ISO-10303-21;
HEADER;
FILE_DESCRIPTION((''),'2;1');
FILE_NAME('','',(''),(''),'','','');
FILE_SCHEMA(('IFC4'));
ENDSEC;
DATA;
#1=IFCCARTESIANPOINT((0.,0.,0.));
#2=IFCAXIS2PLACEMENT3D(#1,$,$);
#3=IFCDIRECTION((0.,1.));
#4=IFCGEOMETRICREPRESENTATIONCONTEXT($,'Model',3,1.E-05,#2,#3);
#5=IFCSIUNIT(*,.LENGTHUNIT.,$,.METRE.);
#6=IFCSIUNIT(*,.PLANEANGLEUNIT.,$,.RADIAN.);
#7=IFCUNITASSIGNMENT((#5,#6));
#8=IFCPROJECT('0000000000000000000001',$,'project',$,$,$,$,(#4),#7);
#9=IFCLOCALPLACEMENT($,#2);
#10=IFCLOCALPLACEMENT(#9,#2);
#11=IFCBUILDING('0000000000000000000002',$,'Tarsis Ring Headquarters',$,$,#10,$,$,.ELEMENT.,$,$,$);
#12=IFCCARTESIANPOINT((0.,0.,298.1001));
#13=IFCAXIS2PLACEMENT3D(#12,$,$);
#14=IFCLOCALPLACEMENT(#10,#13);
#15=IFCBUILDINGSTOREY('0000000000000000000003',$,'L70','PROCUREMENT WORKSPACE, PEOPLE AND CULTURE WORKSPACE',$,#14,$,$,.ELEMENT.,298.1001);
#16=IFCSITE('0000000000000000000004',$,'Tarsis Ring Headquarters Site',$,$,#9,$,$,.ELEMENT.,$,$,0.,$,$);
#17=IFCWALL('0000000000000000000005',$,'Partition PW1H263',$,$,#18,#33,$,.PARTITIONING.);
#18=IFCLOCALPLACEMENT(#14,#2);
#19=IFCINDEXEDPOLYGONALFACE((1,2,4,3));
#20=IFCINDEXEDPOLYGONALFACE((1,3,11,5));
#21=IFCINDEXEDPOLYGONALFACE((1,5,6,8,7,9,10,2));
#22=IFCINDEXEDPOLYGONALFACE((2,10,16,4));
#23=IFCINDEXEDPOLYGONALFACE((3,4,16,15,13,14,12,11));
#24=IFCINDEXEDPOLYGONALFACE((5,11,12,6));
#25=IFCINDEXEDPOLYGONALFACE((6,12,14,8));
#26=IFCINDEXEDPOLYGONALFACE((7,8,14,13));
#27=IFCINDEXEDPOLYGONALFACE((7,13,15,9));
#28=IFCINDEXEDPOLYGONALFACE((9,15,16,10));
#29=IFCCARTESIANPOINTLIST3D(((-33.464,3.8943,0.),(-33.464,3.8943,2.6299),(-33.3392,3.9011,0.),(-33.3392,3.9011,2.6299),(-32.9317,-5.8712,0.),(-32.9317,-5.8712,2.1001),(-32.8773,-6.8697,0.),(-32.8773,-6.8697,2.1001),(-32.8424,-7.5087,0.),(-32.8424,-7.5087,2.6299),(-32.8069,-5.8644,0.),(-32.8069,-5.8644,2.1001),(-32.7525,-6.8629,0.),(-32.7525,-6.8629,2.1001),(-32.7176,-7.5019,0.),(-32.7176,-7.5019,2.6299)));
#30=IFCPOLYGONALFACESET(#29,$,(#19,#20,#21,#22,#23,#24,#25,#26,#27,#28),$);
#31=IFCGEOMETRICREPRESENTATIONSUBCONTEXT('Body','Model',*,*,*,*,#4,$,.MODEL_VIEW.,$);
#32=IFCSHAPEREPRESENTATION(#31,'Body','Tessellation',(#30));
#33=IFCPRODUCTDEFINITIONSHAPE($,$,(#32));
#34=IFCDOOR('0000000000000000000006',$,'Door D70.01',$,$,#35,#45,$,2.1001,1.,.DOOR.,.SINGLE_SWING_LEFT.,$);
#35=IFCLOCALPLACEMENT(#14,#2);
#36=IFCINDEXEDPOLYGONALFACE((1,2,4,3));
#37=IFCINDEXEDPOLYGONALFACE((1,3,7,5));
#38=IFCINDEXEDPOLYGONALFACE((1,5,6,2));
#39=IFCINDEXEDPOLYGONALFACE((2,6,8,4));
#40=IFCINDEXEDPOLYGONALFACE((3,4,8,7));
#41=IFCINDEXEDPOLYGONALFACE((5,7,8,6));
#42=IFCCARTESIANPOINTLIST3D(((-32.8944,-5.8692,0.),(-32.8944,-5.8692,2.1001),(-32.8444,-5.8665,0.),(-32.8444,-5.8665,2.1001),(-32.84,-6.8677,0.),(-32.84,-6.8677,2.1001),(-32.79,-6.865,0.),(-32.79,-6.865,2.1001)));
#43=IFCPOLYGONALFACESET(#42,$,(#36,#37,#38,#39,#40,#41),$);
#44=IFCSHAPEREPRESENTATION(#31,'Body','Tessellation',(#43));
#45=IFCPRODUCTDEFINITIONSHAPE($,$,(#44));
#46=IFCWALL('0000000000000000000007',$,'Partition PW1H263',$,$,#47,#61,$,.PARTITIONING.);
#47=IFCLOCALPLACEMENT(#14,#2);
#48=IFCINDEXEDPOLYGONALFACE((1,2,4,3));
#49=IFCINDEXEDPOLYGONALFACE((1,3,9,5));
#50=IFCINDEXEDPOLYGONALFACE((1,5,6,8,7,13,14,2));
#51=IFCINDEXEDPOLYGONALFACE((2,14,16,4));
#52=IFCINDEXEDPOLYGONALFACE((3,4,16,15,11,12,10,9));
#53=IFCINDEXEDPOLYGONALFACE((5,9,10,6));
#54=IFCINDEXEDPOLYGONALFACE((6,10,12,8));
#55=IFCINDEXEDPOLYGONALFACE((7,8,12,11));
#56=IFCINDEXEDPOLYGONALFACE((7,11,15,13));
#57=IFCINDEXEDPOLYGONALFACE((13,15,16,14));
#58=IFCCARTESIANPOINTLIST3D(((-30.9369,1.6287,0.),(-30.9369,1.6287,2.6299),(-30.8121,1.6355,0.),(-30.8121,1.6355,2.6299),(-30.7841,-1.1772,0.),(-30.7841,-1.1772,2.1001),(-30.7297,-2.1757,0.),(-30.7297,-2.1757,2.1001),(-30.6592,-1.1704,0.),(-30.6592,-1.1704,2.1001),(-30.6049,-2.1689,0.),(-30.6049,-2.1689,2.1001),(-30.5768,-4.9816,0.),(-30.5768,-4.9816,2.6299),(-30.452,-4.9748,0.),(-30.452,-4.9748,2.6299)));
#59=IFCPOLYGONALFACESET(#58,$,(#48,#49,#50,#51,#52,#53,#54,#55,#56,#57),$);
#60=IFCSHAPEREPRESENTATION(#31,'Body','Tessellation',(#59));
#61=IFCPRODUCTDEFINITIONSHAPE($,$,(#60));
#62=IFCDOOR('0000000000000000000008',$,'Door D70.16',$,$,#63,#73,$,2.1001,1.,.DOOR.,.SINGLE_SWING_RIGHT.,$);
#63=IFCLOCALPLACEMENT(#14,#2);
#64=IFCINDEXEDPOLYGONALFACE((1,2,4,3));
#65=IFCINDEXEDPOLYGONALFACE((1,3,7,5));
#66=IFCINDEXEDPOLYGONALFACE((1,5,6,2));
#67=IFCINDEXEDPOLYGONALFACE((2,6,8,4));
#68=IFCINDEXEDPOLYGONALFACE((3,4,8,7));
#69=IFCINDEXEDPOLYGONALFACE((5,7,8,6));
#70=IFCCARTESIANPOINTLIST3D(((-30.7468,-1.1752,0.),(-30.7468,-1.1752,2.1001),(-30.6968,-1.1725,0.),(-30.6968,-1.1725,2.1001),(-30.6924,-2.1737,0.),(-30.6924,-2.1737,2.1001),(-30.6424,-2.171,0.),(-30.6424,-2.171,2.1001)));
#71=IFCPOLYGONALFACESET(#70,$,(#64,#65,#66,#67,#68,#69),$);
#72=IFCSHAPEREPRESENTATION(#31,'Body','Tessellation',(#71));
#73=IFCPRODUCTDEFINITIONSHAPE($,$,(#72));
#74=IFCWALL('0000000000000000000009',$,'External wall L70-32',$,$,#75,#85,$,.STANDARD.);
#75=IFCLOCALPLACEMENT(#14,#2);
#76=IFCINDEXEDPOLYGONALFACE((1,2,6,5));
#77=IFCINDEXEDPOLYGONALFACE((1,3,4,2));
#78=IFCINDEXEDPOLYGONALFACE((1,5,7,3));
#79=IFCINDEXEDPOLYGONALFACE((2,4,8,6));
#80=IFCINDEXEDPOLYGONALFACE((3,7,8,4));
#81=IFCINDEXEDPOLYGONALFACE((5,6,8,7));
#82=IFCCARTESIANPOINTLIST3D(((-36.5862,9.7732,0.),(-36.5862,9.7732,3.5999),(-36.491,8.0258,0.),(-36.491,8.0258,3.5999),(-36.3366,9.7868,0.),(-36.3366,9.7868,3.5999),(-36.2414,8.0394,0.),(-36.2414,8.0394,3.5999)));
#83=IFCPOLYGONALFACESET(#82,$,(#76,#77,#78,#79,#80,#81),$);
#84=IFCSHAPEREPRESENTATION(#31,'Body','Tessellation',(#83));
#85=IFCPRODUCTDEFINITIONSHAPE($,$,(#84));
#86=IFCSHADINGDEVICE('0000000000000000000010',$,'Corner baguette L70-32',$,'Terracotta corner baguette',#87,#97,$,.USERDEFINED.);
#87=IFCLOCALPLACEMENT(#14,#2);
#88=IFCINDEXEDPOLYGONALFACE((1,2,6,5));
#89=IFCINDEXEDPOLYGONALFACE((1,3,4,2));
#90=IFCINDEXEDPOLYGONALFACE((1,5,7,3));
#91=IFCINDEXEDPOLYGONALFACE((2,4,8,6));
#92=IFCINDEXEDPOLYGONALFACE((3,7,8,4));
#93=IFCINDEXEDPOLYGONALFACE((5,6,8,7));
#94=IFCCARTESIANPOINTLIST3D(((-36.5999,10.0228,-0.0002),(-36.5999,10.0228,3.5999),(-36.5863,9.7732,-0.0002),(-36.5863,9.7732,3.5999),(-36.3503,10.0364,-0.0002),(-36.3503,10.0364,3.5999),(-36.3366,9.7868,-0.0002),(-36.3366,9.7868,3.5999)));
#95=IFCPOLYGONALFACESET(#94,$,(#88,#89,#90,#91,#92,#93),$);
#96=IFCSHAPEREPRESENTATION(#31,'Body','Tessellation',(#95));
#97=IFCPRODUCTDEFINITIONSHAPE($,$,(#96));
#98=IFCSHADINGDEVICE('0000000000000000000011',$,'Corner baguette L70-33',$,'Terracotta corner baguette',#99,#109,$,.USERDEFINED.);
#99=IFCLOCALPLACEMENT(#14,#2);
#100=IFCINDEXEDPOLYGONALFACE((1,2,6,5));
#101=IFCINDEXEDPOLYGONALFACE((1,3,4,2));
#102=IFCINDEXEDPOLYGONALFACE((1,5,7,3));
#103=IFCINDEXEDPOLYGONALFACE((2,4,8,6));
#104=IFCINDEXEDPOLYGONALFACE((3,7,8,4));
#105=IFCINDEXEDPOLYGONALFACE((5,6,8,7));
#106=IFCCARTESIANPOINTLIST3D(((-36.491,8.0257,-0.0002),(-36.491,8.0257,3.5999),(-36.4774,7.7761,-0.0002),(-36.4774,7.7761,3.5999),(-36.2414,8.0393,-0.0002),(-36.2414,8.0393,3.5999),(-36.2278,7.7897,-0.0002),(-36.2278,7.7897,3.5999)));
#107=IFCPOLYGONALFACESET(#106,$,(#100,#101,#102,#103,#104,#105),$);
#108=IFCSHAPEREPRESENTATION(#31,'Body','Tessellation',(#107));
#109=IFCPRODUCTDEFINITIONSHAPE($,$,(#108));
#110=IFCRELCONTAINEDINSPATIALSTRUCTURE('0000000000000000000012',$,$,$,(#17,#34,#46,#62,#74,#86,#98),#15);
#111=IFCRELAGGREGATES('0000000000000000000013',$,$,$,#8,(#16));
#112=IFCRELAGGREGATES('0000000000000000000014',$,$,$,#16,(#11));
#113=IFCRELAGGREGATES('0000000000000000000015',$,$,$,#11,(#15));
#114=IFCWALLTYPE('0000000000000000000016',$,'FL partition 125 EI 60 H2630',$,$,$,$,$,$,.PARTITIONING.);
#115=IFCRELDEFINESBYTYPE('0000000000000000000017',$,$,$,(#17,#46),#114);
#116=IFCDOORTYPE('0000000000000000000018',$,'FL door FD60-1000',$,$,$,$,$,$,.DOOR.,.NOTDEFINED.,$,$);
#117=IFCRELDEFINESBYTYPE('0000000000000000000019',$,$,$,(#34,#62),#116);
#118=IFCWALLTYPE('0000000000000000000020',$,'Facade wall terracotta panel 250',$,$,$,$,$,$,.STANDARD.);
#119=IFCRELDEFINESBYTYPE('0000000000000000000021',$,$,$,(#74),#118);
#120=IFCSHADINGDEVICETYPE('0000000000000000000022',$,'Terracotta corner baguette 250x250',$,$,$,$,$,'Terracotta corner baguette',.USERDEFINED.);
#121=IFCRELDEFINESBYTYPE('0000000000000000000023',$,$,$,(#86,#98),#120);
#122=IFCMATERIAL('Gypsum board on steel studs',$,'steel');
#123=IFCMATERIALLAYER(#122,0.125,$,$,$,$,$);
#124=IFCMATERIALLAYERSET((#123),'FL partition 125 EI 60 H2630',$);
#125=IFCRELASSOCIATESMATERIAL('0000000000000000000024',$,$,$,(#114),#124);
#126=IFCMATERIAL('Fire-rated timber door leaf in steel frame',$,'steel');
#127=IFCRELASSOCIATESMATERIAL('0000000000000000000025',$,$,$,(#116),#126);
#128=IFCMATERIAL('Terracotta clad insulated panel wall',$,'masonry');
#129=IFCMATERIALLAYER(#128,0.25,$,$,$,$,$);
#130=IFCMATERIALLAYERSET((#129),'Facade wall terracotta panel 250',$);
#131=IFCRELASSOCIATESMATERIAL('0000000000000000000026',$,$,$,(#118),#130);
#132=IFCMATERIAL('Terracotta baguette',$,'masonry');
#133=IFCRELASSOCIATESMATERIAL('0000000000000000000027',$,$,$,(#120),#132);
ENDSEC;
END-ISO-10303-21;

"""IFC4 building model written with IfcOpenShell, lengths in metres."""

from ifc_helpers import new_model, si_unit, direction, frame, frame_2d, origin, origin_2d, place, context, subcontext, project, spatial, rectangle, extrude, material, layer, layer_set, type_object, element, fill, save


model = new_model("IFC4")

# Units and contexts
model_context = context("Model", 3, precision=1e-05, world=origin(), true_north=direction((0.0, 1.0)))
body_context = subcontext(model_context, "Body", "Model", "MODEL_VIEW")
ifc_project = project(units=[si_unit("LENGTHUNIT", "METRE"), si_unit("PLANEANGLEUNIT", "RADIAN")], contexts=[model_context])

# Site, building, storey
site_placement = place(None, origin())
site = spatial("IfcSite", under=ifc_project, at=site_placement, Name="Tarsis Ring Headquarters Site", CompositionType="ELEMENT", RefElevation=0.0)
building_placement = place(site_placement, origin())
building = spatial("IfcBuilding", under=site, at=building_placement, Name="Tarsis Ring Headquarters", CompositionType="ELEMENT")
storey_placement = place(building_placement, frame((0.0, 0.0, 298.1001)))
storey = spatial("IfcBuildingStorey", under=building, at=storey_placement, Name="L70", Description="PROCUREMENT WORKSPACE, PEOPLE AND CULTURE WORKSPACE", CompositionType="ELEMENT", Elevation=298.1001)

# Walls, openings, doors
ifc_material_1 = material(Name="Gypsum board on steel studs", Category="steel")
ifc_layer_1 = layer(ifc_material_1, 0.125)
ifc_layer_set_1 = layer_set([ifc_layer_1], Name="FL partition 125 EI 60 H2630")
wall_type_1 = type_object("IfcWallType", Name="FL partition 125 EI 60 H2630", PredefinedType="PARTITIONING", material=ifc_layer_set_1)
ifc_material_2 = material(Name="Fire-rated timber door leaf in steel frame", Category="steel")
door_type = type_object("IfcDoorType", Name="FL door FD60-1000", OperationType="NOTDEFINED", PredefinedType="DOOR", material=ifc_material_2)
wall_1_placement = place(storey_placement, frame((-33.4016, 3.8977, 0.0), z_axis=(0.0, 0.0, 1.0), x_axis=(0.054429, -0.998518, 0.0)))
wall_1 = element("IfcWall", 1, at=wall_1_placement, inside=storey, type_object=wall_type_1, Name="Partition PW1H263", PredefinedType="PARTITIONING", context=body_context, shape_type="SweptSolid", body=[
    extrude(rectangle(XDim=11.4199, YDim=0.125, at=frame_2d((5.71, 0.0))), origin(), (0.0, 0.0, 1.0), 2.6299),
])
opening_1_placement = place(wall_1_placement, frame((9.78, 0.0, 0.0)))
opening_1 = element("IfcOpeningElement", 2, at=opening_1_placement, cuts=wall_1, PredefinedType="OPENING", context=body_context, shape_type="SweptSolid", body=[
    extrude(rectangle(XDim=1.0, YDim=2.1001, at=frame_2d((0.5, 1.05))), frame((0.0, 0.0725, 0.0), z_axis=(0.0, -1.0, 0.0), x_axis=(1.0, 0.0, 0.0)), (0.0, 0.0, 1.0), 0.145),
])
door_1_placement = place(opening_1_placement, origin())
door_1 = element("IfcDoor", 3, at=door_1_placement, inside=storey, type_object=door_type, Name="Door D70.01", OperationType="SINGLE_SWING_LEFT", OverallHeight=2.1001, OverallWidth=1.0, PredefinedType="DOOR", context=body_context, shape_type="SweptSolid", body=[
    extrude(rectangle(XDim=1.0, YDim=2.1001, at=frame_2d((0.5, 1.05))), frame((0.0, 0.0249, 0.0), z_axis=(0.0, -1.0, 0.0), x_axis=(1.0, 0.0, 0.0)), (0.0, 0.0, 1.0), 0.05),
])
fill(opening_1, door_1)
wall_2_placement = place(storey_placement, frame((-30.8745, 1.6321, 0.0), z_axis=(0.0, 0.0, 1.0), x_axis=(0.054396, -0.998519, 0.0)))
wall_2 = element("IfcWall", 4, at=wall_2_placement, inside=storey, type_object=wall_type_1, Name="Partition PW1H263", PredefinedType="PARTITIONING", context=body_context, shape_type="SweptSolid", body=[
    extrude(rectangle(XDim=6.6201, YDim=0.125, at=frame_2d((3.3101, 0.0))), origin(), (0.0, 0.0, 1.0), 2.6299),
])
opening_2_placement = place(wall_2_placement, frame((2.8101, 0.0, 0.0)))
opening_2 = element("IfcOpeningElement", 5, at=opening_2_placement, cuts=wall_2, PredefinedType="OPENING", context=body_context, shape_type="SweptSolid", body=[
    extrude(rectangle(XDim=1.0, YDim=2.1001, at=frame_2d((0.5, 1.05))), frame((0.0, 0.0725, 0.0), z_axis=(0.0, -1.0, 0.0), x_axis=(1.0, 0.0, 0.0)), (0.0, 0.0, 1.0), 0.145),
])
door_2_placement = place(opening_2_placement, origin())
door_2 = element("IfcDoor", 6, at=door_2_placement, inside=storey, type_object=door_type, Name="Door D70.16", OperationType="SINGLE_SWING_RIGHT", OverallHeight=2.1001, OverallWidth=1.0, PredefinedType="DOOR", context=body_context, shape_type="SweptSolid", body=[
    extrude(rectangle(XDim=1.0, YDim=2.1001, at=frame_2d((0.5, 1.05))), frame((0.0, 0.0249, 0.0), z_axis=(0.0, -1.0, 0.0), x_axis=(1.0, 0.0, 0.0)), (0.0, 0.0, 1.0), 0.05),
])
fill(opening_2, door_2)

# Wall
ifc_material_3 = material(Name="Terracotta clad insulated panel wall", Category="masonry")
ifc_layer_2 = layer(ifc_material_3, 0.25)
ifc_layer_set_2 = layer_set([ifc_layer_2], Name="Facade wall terracotta panel 250")
wall_type_2 = type_object("IfcWallType", Name="Facade wall terracotta panel 250", PredefinedType="STANDARD", material=ifc_layer_set_2)
wall_3_placement = place(storey_placement, frame((-36.4614, 9.78, 0.0), z_axis=(0.0, 0.0, 1.0), x_axis=(0.054411, -0.998519, 0.0)))
element("IfcWall", 7, at=wall_3_placement, inside=storey, type_object=wall_type_2, Name="External wall L70-32", PredefinedType="STANDARD", context=body_context, shape_type="SweptSolid", body=[
    extrude(rectangle(XDim=1.75, YDim=0.25, at=frame_2d((0.875, 0.0))), origin(), (0.0, 0.0, 1.0), 3.5999),
])

# Shading devices
ifc_material_4 = material(Name="Terracotta baguette", Category="masonry")
shading_device_type = type_object("IfcShadingDeviceType", Name="Terracotta corner baguette 250x250", ElementType="Terracotta corner baguette", PredefinedType="USERDEFINED", material=ifc_material_4)
for number, where, z_axis, x_axis, name in (
    (8, (-36.4683, 9.9048, -0.0002), (0.0, 0.0, 1.0), (-0.998518, -0.054427, 0.0), "Corner baguette L70-32"),
    (9, (-36.3594, 7.9077, -0.0002), (0.0, 0.0, 1.0), (0.054427, -0.998518, 0.0), "Corner baguette L70-33"),
):
    element("IfcShadingDevice", number, at=place(storey_placement, frame(where, z_axis=z_axis, x_axis=x_axis)), inside=storey, type_object=shading_device_type, Name=name, ObjectType="Terracotta corner baguette", PredefinedType="USERDEFINED", context=body_context, shape_type="SweptSolid", body=[
        extrude(rectangle(XDim=0.25, YDim=0.25, at=origin_2d()), origin(), (0.0, 0.0, 1.0), 3.6001),
    ])

save(model, "model.ifc")
